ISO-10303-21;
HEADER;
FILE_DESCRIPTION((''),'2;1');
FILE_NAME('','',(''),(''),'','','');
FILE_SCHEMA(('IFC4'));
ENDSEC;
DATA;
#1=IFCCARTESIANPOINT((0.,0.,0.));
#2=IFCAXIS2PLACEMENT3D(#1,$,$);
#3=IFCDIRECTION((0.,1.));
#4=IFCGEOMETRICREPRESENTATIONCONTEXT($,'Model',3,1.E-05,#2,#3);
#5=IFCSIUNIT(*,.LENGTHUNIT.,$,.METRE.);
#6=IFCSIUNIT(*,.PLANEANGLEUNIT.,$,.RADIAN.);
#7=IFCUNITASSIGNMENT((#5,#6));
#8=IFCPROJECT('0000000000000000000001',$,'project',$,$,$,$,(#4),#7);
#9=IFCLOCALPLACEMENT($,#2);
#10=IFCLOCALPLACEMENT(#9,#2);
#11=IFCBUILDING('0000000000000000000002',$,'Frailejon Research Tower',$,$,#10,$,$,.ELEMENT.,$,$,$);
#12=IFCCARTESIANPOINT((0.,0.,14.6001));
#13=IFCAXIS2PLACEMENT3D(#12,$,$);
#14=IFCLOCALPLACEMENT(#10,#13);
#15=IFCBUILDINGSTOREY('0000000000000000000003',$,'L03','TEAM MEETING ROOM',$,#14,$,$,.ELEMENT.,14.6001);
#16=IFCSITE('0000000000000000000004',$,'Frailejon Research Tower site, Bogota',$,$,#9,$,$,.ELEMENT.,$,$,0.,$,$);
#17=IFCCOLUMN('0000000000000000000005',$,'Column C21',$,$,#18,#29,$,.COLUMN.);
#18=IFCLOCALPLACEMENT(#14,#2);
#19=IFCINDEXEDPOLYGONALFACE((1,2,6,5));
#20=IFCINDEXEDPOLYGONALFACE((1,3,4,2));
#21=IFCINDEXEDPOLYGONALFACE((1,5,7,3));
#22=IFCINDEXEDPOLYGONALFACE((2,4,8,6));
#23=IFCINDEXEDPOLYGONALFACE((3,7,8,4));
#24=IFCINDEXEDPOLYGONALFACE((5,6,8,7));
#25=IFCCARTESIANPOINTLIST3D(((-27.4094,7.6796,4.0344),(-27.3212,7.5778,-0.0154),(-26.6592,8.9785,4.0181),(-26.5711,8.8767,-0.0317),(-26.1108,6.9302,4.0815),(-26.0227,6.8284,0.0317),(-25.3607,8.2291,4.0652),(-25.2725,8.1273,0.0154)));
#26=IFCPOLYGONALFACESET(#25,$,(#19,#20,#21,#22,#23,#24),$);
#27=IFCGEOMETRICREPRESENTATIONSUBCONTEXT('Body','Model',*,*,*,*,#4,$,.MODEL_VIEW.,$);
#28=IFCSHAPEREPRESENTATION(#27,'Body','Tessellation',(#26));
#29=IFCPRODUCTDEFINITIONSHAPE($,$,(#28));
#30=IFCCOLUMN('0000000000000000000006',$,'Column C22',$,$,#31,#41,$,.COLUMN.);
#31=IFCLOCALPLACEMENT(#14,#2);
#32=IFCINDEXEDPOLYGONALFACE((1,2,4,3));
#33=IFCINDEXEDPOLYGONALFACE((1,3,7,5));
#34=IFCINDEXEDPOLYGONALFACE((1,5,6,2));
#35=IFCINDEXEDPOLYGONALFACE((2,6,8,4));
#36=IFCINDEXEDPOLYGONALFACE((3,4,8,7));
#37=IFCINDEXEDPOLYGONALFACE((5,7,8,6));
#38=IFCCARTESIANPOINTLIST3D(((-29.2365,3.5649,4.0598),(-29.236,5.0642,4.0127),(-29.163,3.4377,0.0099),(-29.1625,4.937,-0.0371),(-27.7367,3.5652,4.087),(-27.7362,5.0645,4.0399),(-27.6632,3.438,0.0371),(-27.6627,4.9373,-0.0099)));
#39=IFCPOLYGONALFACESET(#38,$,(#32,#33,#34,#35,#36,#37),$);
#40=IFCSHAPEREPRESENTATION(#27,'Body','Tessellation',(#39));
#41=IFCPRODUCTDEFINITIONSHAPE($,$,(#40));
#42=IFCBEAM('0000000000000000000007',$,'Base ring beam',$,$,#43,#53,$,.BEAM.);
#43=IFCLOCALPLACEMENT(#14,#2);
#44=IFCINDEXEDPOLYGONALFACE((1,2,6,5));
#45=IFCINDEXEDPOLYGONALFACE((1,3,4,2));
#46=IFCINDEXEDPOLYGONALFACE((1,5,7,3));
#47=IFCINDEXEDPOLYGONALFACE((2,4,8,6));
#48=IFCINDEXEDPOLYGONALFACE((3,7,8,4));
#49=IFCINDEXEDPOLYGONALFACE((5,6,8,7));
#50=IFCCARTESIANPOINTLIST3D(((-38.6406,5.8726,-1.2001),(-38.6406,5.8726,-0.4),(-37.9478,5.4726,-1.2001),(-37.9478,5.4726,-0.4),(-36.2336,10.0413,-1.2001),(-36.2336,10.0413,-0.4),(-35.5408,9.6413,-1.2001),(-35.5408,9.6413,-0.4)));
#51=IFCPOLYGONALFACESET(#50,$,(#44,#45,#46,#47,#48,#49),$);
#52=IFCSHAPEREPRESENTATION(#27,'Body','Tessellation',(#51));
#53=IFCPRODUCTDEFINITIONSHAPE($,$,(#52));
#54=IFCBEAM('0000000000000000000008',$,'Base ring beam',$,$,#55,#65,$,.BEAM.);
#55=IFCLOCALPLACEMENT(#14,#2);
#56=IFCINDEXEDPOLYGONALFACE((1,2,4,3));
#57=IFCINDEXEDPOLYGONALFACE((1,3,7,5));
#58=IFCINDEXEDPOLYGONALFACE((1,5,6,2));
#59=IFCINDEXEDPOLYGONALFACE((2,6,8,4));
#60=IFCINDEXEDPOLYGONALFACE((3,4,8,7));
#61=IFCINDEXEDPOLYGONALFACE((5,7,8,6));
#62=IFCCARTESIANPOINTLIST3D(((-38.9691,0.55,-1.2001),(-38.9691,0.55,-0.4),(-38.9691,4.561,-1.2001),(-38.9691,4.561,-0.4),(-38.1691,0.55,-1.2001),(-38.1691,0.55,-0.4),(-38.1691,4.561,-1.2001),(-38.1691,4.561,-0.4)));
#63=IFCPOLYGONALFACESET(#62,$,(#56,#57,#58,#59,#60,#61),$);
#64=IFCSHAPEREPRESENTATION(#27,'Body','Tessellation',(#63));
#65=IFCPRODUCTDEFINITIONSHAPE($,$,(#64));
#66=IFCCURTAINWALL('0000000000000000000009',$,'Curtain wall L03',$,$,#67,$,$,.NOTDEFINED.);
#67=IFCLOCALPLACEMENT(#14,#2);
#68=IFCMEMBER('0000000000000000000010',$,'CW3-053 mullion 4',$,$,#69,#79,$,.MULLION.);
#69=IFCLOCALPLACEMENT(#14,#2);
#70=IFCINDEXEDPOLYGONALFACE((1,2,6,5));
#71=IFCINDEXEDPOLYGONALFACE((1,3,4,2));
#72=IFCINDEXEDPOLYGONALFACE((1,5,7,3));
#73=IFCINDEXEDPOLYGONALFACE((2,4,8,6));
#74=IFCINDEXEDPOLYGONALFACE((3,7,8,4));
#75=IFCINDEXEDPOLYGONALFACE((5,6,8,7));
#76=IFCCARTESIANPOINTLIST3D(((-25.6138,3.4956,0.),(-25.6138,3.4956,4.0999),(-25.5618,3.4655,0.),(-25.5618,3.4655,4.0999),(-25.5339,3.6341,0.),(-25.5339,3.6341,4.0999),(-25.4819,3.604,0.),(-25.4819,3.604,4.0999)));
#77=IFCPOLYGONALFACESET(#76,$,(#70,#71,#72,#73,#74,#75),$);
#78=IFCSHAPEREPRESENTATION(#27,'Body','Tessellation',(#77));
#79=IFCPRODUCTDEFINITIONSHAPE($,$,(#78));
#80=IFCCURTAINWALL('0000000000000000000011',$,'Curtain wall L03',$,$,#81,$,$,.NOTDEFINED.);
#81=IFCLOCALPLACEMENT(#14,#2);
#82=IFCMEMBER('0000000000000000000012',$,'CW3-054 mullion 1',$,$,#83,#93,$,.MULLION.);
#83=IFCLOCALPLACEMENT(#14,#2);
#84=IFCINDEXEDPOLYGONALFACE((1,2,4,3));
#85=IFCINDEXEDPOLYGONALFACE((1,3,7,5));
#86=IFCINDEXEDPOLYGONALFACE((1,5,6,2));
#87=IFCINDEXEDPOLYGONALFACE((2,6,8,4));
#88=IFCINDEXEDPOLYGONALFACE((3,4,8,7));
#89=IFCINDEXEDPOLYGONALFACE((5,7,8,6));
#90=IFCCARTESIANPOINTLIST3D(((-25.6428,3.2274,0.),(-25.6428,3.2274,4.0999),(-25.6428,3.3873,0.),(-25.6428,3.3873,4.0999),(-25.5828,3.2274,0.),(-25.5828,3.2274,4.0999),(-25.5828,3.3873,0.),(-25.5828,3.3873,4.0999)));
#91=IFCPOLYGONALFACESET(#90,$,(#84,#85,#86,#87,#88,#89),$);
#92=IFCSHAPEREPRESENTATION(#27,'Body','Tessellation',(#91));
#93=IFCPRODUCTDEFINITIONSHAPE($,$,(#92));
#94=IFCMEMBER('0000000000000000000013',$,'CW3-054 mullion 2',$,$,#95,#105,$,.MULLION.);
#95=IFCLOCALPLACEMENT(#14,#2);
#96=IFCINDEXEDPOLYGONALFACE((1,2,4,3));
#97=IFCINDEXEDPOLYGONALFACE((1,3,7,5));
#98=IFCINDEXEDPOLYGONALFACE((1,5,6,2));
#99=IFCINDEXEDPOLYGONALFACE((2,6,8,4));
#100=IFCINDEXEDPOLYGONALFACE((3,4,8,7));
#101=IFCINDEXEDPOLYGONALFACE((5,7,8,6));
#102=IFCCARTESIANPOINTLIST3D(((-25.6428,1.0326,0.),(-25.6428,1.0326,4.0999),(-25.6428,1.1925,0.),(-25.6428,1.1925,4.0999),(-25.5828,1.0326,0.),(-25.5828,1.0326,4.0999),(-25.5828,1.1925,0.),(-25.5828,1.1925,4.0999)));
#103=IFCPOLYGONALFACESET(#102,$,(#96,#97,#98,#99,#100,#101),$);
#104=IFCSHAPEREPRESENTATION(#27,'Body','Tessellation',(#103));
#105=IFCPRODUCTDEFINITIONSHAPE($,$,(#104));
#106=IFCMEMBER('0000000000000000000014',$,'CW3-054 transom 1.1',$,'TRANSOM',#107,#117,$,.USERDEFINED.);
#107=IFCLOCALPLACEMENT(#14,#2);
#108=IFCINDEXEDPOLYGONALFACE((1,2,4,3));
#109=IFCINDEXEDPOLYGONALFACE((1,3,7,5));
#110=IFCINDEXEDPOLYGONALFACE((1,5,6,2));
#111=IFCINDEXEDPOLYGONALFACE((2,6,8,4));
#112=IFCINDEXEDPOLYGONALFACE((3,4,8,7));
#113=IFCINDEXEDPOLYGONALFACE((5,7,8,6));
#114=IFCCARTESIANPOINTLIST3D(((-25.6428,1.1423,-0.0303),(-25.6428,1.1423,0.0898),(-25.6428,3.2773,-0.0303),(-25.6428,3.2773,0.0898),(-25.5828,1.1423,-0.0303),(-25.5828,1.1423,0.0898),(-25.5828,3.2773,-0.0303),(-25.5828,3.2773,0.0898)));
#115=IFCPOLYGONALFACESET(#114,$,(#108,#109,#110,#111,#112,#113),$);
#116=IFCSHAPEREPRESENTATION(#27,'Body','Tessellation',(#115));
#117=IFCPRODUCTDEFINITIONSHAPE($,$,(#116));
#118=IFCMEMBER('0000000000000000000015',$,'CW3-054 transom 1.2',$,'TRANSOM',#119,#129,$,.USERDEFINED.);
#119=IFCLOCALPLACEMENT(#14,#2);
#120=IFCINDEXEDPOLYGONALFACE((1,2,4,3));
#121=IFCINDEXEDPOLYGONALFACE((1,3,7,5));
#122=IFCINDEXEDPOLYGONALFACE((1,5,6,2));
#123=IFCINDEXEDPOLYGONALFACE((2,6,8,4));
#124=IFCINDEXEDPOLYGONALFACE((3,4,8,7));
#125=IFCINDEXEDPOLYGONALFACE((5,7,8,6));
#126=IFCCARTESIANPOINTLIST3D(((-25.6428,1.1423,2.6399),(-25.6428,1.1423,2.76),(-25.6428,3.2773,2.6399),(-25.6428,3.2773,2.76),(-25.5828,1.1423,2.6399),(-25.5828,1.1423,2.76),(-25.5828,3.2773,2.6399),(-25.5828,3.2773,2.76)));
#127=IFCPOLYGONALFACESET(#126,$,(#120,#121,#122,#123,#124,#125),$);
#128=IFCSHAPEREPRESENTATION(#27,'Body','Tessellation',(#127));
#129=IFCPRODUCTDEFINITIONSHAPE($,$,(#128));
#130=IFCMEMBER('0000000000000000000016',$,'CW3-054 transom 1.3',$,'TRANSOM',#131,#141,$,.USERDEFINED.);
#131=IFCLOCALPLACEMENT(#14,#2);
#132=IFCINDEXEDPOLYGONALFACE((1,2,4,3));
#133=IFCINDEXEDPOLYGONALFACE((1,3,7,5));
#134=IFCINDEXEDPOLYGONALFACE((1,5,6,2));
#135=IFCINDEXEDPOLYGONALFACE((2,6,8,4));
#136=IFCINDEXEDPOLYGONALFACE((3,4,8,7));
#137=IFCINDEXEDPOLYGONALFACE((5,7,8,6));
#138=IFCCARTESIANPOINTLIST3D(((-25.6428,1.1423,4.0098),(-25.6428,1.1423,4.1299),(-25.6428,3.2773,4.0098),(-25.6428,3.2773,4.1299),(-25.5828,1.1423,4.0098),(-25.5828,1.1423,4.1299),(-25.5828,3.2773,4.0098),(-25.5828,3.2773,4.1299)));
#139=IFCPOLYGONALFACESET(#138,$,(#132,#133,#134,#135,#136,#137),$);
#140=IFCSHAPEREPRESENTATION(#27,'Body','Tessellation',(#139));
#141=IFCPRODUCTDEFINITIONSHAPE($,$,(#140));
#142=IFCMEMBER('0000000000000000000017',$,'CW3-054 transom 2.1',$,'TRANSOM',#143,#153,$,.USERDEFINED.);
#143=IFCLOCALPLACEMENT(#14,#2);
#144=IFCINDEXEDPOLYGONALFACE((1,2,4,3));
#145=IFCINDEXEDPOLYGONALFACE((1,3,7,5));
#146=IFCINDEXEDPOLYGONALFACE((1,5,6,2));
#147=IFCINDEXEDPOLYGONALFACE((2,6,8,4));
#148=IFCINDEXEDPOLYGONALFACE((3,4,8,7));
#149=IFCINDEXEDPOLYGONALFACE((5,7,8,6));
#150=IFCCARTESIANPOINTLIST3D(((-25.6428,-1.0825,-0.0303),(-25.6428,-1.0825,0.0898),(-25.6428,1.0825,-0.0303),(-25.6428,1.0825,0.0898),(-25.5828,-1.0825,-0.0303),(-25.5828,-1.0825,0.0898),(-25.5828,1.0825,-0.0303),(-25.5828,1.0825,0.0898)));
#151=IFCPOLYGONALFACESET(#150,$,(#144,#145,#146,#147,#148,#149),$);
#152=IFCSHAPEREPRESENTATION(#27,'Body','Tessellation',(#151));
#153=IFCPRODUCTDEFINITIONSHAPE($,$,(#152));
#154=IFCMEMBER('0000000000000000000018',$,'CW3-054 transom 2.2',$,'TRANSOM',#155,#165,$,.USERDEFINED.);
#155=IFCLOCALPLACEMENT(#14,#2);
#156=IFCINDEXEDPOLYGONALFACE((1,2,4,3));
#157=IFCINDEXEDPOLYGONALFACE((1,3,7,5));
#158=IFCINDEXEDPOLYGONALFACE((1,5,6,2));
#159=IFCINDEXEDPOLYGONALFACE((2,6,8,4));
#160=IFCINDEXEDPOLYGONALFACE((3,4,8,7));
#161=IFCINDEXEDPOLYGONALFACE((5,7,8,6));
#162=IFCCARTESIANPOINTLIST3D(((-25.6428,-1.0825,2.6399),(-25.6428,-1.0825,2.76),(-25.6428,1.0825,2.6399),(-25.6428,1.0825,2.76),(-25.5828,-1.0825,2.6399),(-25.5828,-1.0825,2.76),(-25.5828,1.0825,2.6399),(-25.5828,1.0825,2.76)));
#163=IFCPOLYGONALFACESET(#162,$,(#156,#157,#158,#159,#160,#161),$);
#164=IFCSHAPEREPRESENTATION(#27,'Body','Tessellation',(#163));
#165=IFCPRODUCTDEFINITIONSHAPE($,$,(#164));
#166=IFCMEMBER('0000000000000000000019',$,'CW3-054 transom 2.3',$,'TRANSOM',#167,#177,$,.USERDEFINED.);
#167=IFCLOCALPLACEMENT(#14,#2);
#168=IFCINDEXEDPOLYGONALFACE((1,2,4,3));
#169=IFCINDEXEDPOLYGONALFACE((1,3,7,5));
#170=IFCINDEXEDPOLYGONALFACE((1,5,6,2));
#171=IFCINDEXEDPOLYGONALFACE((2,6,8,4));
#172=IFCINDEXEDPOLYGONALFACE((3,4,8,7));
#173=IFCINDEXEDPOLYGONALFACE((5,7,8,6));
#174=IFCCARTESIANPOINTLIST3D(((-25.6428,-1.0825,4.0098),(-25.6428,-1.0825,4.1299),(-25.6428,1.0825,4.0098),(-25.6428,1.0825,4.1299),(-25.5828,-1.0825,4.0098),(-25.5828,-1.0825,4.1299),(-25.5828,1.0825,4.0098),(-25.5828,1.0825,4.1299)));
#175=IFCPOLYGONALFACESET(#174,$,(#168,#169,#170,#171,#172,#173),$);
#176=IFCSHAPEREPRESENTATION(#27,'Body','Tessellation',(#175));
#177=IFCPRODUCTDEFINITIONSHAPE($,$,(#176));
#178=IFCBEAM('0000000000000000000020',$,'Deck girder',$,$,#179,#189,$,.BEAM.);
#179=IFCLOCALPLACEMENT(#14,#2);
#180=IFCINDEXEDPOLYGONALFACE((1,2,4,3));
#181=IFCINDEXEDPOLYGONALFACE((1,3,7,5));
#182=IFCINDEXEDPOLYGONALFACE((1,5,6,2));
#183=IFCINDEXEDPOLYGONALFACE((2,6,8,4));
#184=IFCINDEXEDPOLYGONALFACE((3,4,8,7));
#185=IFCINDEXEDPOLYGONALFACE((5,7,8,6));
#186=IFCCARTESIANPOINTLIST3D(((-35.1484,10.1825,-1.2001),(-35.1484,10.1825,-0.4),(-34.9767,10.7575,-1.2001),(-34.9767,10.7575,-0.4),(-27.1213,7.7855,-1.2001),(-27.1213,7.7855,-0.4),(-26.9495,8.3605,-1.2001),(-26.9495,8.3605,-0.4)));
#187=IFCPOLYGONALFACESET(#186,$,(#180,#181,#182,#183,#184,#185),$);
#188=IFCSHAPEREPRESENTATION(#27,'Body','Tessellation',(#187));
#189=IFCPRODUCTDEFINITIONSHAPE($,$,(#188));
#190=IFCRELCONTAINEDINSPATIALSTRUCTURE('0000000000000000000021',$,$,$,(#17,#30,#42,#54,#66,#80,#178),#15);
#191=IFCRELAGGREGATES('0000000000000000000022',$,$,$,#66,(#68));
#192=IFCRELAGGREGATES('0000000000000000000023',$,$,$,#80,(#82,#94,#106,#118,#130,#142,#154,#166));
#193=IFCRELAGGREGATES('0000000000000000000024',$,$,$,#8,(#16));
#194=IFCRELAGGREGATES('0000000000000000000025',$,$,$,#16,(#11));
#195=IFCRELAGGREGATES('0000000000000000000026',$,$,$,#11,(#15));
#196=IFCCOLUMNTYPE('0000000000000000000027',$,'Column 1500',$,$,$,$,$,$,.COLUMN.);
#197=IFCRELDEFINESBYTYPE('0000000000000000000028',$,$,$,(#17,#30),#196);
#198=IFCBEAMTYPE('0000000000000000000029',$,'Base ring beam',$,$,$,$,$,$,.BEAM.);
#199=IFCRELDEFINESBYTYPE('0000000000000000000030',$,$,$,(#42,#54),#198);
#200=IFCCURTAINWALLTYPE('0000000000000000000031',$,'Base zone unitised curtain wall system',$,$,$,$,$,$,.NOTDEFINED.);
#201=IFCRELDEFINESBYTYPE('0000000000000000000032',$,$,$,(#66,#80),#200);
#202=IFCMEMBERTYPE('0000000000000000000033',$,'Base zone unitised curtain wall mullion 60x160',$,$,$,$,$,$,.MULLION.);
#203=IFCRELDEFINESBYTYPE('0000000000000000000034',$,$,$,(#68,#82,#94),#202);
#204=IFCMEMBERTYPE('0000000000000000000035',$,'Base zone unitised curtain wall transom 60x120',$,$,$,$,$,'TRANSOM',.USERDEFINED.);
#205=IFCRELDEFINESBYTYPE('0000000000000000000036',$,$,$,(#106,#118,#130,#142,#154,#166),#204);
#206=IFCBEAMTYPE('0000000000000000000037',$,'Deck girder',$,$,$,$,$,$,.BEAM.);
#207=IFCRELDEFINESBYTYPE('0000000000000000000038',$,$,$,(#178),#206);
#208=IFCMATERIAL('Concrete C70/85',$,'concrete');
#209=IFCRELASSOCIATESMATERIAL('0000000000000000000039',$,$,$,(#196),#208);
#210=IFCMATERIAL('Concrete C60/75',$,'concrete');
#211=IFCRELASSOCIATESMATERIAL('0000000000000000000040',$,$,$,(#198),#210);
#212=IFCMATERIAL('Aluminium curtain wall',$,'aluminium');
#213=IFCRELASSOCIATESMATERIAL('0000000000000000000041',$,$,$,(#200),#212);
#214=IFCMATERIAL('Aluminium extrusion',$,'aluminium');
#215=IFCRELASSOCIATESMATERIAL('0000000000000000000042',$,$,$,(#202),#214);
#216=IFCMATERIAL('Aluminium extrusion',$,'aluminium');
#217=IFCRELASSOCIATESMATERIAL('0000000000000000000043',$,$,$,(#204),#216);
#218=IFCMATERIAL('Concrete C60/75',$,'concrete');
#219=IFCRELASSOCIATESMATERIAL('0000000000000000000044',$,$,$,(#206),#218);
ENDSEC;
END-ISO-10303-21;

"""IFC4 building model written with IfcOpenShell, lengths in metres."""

from ifc_helpers import new_model, si_unit, direction, frame, origin, origin_2d, place, context, subcontext, project, spatial, rectangle, extrude, material, material_profile, profile_set, type_object, element, aggregate, save


model = new_model("IFC4")

# Units and contexts
model_context = context("Model", 3, precision=1e-05, world=origin(), true_north=direction((0.0, 1.0)))
body_context = subcontext(model_context, "Body", "Model", "MODEL_VIEW")
ifc_project = project(units=[si_unit("LENGTHUNIT", "METRE"), si_unit("PLANEANGLEUNIT", "RADIAN")], contexts=[model_context])

# Site, building, storey
site_placement = place(None, origin())
site = spatial("IfcSite", under=ifc_project, at=site_placement, Name="Frailejon Research Tower site, Bogota", CompositionType="ELEMENT", RefElevation=0.0)
building_placement = place(site_placement, origin())
building = spatial("IfcBuilding", under=site, at=building_placement, Name="Frailejon Research Tower", CompositionType="ELEMENT")
storey_placement = place(building_placement, frame((0.0, 0.0, 14.6001)))
storey = spatial("IfcBuildingStorey", under=building, at=storey_placement, Name="L03", Description="TEAM MEETING ROOM", CompositionType="ELEMENT", Elevation=14.6001)

# Columns
ifc_material_1 = material(Name="Concrete C70/85", Category="concrete")
ifc_material_profile_1 = material_profile(ifc_material_1, rectangle(XDim=1.5, YDim=1.5, at=origin_2d()), Name="Column 1500")
ifc_profile_set_1 = profile_set([ifc_material_profile_1], Name="Concrete C70/85")
column_type = type_object("IfcColumnType", Name="Column 1500", PredefinedType="COLUMN", material=ifc_profile_set_1)
column_1_placement = place(storey_placement, frame((-26.2969, 7.8525, 0.0), z_axis=(-0.021751, 0.025125, 0.999448), x_axis=(-0.500116, -0.86589, 0.010883)))
element("IfcColumn", 1, at=column_1_placement, inside=storey, type_object=column_type, Name="Column C21", PredefinedType="COLUMN", context=body_context, shape_type="SweptSolid", body=[
    extrude(rectangle(XDim=1.5, YDim=1.5, at=origin_2d()), origin(), (0.0, 0.0, 1.0), 4.052),
])
column_2_placement = place(storey_placement, frame((-28.4128, 4.1875, 0.0), z_axis=(-0.018134, 0.031388, 0.999343), x_axis=(-0.000336, -0.999507, 0.031387)))
element("IfcColumn", 2, at=column_2_placement, inside=storey, type_object=column_type, Name="Column C22", PredefinedType="COLUMN", context=body_context, shape_type="SweptSolid", body=[
    extrude(rectangle(XDim=1.5, YDim=1.5, at=origin_2d()), origin(), (0.0, 0.0, 1.0), 4.0525),
])

# Beams
ifc_material_2 = material(Name="Concrete C60/75", Category="concrete")
ifc_material_profile_2 = material_profile(ifc_material_2, rectangle(XDim=0.8, YDim=0.8, at=origin_2d()), Name="Base ring beam")
ifc_profile_set_2 = profile_set([ifc_material_profile_2], Name="Concrete C60/75")
beam_type_1 = type_object("IfcBeamType", Name="Base ring beam", PredefinedType="BEAM", material=ifc_profile_set_2)
beam_1_placement = place(storey_placement, frame((-35.8872, 9.8413, -0.8), z_axis=(-0.500028, -0.866009, 0.0), x_axis=(0.866009, -0.500028, 0.0)))
element("IfcBeam", 3, at=beam_1_placement, inside=storey, type_object=beam_type_1, Name="Base ring beam", PredefinedType="BEAM", context=body_context, shape_type="SweptSolid", body=[
    extrude(rectangle(XDim=0.8, YDim=0.8, at=origin_2d()), origin(), (0.0, 0.0, 1.0), 4.8137),
])
beam_2_placement = place(storey_placement, frame((-38.5691, 4.561, -0.8), z_axis=(0.0, -1.0, 0.0), x_axis=(1.0, 0.0, 0.0)))
element("IfcBeam", 4, at=beam_2_placement, inside=storey, type_object=beam_type_1, Name="Base ring beam", PredefinedType="BEAM", context=body_context, shape_type="SweptSolid", body=[
    extrude(rectangle(XDim=0.8, YDim=0.8, at=origin_2d()), origin(), (0.0, 0.0, 1.0), 4.011),
])

# Curtain wall, member
ifc_material_3 = material(Name="Aluminium curtain wall", Category="aluminium")
curtain_wall_type = type_object("IfcCurtainWallType", Name="Base zone unitised curtain wall system", PredefinedType="NOTDEFINED", material=ifc_material_3)
curtain_wall_1_placement = place(storey_placement, origin())
curtain_wall_1 = element("IfcCurtainWall", 5, at=curtain_wall_1_placement, inside=storey, type_object=curtain_wall_type, Name="Curtain wall L03", PredefinedType="NOTDEFINED")
ifc_material_4 = material(Name="Aluminium extrusion", Category="aluminium")
ifc_material_profile_3 = material_profile(ifc_material_4, rectangle(XDim=0.0601, YDim=0.1599, at=origin_2d()), Name="Base zone unitised curtain wall mullion 60x160")
ifc_profile_set_3 = profile_set([ifc_material_profile_3], Name="Aluminium extrusion")
member_type_1 = type_object("IfcMemberType", Name="Base zone unitised curtain wall mullion 60x160", PredefinedType="MULLION", material=ifc_profile_set_3)
member_1_placement = place(storey_placement, frame((-25.5479, 3.5498, 0.0), z_axis=(0.0, 0.0, 1.0), x_axis=(0.866029, -0.499993, 0.0)))
member_1 = element("IfcMember", 6, at=member_1_placement, type_object=member_type_1, Name="CW3-053 mullion 4", PredefinedType="MULLION", context=body_context, shape_type="SweptSolid", body=[
    extrude(rectangle(XDim=0.0601, YDim=0.1599, at=origin_2d()), origin(), (0.0, 0.0, 1.0), 4.0999),
])

# Curtain wall, members
curtain_wall_2_placement = place(storey_placement, origin())
curtain_wall_2 = element("IfcCurtainWall", 7, at=curtain_wall_2_placement, inside=storey, type_object=curtain_wall_type, Name="Curtain wall L03", PredefinedType="NOTDEFINED")
member_2_placement = place(storey_placement, frame((-25.6128, 3.3074, 0.0), z_axis=(0.0, 0.0, 1.0), x_axis=(1.0, 0.0, 0.0)))
member_2 = element("IfcMember", 8, at=member_2_placement, type_object=member_type_1, Name="CW3-054 mullion 1", PredefinedType="MULLION", context=body_context, shape_type="SweptSolid", body=[
    extrude(rectangle(XDim=0.0601, YDim=0.1599, at=origin_2d()), origin(), (0.0, 0.0, 1.0), 4.0999),
])
member_3_placement = place(storey_placement, frame((-25.6128, 1.1125, 0.0), z_axis=(0.0, 0.0, 1.0), x_axis=(1.0, 0.0, 0.0)))
member_3 = element("IfcMember", 9, at=member_3_placement, type_object=member_type_1, Name="CW3-054 mullion 2", PredefinedType="MULLION", context=body_context, shape_type="SweptSolid", body=[
    extrude(rectangle(XDim=0.0601, YDim=0.1599, at=origin_2d()), origin(), (0.0, 0.0, 1.0), 4.0999),
])
ifc_material_5 = material(Name="Aluminium extrusion", Category="aluminium")
ifc_material_profile_4 = material_profile(ifc_material_5, rectangle(XDim=0.0601, YDim=0.1201, at=origin_2d()), Name="Base zone unitised curtain wall transom 60x120")
ifc_profile_set_4 = profile_set([ifc_material_profile_4], Name="Aluminium extrusion")
member_type_2 = type_object("IfcMemberType", Name="Base zone unitised curtain wall transom 60x120", ElementType="TRANSOM", PredefinedType="USERDEFINED", material=ifc_profile_set_4)
member_4_placement = place(storey_placement, frame((-25.6128, 3.2773, 0.0298), z_axis=(0.0, -1.0, 0.0), x_axis=(1.0, 0.0, 0.0)))
member_4 = element("IfcMember", 10, at=member_4_placement, type_object=member_type_2, Name="CW3-054 transom 1.1", ObjectType="TRANSOM", PredefinedType="USERDEFINED", context=body_context, shape_type="SweptSolid", body=[
    extrude(rectangle(XDim=0.0601, YDim=0.1201, at=origin_2d()), origin(), (0.0, 0.0, 1.0), 2.135),
])
member_5_placement = place(storey_placement, frame((-25.6128, 3.2773, 2.7), z_axis=(0.0, -1.0, 0.0), x_axis=(1.0, 0.0, 0.0)))
member_5 = element("IfcMember", 11, at=member_5_placement, type_object=member_type_2, Name="CW3-054 transom 1.2", ObjectType="TRANSOM", PredefinedType="USERDEFINED", context=body_context, shape_type="SweptSolid", body=[
    extrude(rectangle(XDim=0.0601, YDim=0.1201, at=origin_2d()), origin(), (0.0, 0.0, 1.0), 2.135),
])
member_6_placement = place(storey_placement, frame((-25.6128, 3.2773, 4.0698), z_axis=(0.0, -1.0, 0.0), x_axis=(1.0, 0.0, 0.0)))
member_6 = element("IfcMember", 12, at=member_6_placement, type_object=member_type_2, Name="CW3-054 transom 1.3", ObjectType="TRANSOM", PredefinedType="USERDEFINED", context=body_context, shape_type="SweptSolid", body=[
    extrude(rectangle(XDim=0.0601, YDim=0.1201, at=origin_2d()), origin(), (0.0, 0.0, 1.0), 2.135),
])
member_7_placement = place(storey_placement, frame((-25.6128, 1.0825, 0.0298), z_axis=(0.0, -1.0, 0.0), x_axis=(1.0, 0.0, 0.0)))
member_7 = element("IfcMember", 13, at=member_7_placement, type_object=member_type_2, Name="CW3-054 transom 2.1", ObjectType="TRANSOM", PredefinedType="USERDEFINED", context=body_context, shape_type="SweptSolid", body=[
    extrude(rectangle(XDim=0.0601, YDim=0.1201, at=origin_2d()), origin(), (0.0, 0.0, 1.0), 2.165),
])
member_8_placement = place(storey_placement, frame((-25.6128, 1.0825, 2.7), z_axis=(0.0, -1.0, 0.0), x_axis=(1.0, 0.0, 0.0)))
member_8 = element("IfcMember", 14, at=member_8_placement, type_object=member_type_2, Name="CW3-054 transom 2.2", ObjectType="TRANSOM", PredefinedType="USERDEFINED", context=body_context, shape_type="SweptSolid", body=[
    extrude(rectangle(XDim=0.0601, YDim=0.1201, at=origin_2d()), origin(), (0.0, 0.0, 1.0), 2.165),
])
member_9_placement = place(storey_placement, frame((-25.6128, 1.0825, 4.0698), z_axis=(0.0, -1.0, 0.0), x_axis=(1.0, 0.0, 0.0)))
member_9 = element("IfcMember", 15, at=member_9_placement, type_object=member_type_2, Name="CW3-054 transom 2.3", ObjectType="TRANSOM", PredefinedType="USERDEFINED", context=body_context, shape_type="SweptSolid", body=[
    extrude(rectangle(XDim=0.0601, YDim=0.1201, at=origin_2d()), origin(), (0.0, 0.0, 1.0), 2.165),
])

# Beam
ifc_material_6 = material(Name="Concrete C60/75", Category="concrete")
ifc_material_profile_5 = material_profile(ifc_material_6, rectangle(XDim=0.6001, YDim=0.8, at=origin_2d()), Name="Deck girder")
ifc_profile_set_5 = profile_set([ifc_material_profile_5], Name="Concrete C60/75")
beam_type_2 = type_object("IfcBeamType", Name="Deck girder", PredefinedType="BEAM", material=ifc_profile_set_5)
beam_3_placement = place(storey_placement, frame((-27.0354, 8.073, -0.8), z_axis=(-0.958192, 0.286126, 0.0), x_axis=(-0.286126, -0.958192, 0.0)))
element("IfcBeam", 16, at=beam_3_placement, inside=storey, type_object=beam_type_2, Name="Deck girder", PredefinedType="BEAM", context=body_context, shape_type="SweptSolid", body=[
    extrude(rectangle(XDim=0.6001, YDim=0.8, at=origin_2d()), origin(), (0.0, 0.0, 1.0), 8.3774),
])

aggregate(curtain_wall_1, [member_1])
aggregate(curtain_wall_2, [member_2, member_3, member_4, member_5, member_6, member_7, member_8, member_9])

save(model, "model.ifc")
